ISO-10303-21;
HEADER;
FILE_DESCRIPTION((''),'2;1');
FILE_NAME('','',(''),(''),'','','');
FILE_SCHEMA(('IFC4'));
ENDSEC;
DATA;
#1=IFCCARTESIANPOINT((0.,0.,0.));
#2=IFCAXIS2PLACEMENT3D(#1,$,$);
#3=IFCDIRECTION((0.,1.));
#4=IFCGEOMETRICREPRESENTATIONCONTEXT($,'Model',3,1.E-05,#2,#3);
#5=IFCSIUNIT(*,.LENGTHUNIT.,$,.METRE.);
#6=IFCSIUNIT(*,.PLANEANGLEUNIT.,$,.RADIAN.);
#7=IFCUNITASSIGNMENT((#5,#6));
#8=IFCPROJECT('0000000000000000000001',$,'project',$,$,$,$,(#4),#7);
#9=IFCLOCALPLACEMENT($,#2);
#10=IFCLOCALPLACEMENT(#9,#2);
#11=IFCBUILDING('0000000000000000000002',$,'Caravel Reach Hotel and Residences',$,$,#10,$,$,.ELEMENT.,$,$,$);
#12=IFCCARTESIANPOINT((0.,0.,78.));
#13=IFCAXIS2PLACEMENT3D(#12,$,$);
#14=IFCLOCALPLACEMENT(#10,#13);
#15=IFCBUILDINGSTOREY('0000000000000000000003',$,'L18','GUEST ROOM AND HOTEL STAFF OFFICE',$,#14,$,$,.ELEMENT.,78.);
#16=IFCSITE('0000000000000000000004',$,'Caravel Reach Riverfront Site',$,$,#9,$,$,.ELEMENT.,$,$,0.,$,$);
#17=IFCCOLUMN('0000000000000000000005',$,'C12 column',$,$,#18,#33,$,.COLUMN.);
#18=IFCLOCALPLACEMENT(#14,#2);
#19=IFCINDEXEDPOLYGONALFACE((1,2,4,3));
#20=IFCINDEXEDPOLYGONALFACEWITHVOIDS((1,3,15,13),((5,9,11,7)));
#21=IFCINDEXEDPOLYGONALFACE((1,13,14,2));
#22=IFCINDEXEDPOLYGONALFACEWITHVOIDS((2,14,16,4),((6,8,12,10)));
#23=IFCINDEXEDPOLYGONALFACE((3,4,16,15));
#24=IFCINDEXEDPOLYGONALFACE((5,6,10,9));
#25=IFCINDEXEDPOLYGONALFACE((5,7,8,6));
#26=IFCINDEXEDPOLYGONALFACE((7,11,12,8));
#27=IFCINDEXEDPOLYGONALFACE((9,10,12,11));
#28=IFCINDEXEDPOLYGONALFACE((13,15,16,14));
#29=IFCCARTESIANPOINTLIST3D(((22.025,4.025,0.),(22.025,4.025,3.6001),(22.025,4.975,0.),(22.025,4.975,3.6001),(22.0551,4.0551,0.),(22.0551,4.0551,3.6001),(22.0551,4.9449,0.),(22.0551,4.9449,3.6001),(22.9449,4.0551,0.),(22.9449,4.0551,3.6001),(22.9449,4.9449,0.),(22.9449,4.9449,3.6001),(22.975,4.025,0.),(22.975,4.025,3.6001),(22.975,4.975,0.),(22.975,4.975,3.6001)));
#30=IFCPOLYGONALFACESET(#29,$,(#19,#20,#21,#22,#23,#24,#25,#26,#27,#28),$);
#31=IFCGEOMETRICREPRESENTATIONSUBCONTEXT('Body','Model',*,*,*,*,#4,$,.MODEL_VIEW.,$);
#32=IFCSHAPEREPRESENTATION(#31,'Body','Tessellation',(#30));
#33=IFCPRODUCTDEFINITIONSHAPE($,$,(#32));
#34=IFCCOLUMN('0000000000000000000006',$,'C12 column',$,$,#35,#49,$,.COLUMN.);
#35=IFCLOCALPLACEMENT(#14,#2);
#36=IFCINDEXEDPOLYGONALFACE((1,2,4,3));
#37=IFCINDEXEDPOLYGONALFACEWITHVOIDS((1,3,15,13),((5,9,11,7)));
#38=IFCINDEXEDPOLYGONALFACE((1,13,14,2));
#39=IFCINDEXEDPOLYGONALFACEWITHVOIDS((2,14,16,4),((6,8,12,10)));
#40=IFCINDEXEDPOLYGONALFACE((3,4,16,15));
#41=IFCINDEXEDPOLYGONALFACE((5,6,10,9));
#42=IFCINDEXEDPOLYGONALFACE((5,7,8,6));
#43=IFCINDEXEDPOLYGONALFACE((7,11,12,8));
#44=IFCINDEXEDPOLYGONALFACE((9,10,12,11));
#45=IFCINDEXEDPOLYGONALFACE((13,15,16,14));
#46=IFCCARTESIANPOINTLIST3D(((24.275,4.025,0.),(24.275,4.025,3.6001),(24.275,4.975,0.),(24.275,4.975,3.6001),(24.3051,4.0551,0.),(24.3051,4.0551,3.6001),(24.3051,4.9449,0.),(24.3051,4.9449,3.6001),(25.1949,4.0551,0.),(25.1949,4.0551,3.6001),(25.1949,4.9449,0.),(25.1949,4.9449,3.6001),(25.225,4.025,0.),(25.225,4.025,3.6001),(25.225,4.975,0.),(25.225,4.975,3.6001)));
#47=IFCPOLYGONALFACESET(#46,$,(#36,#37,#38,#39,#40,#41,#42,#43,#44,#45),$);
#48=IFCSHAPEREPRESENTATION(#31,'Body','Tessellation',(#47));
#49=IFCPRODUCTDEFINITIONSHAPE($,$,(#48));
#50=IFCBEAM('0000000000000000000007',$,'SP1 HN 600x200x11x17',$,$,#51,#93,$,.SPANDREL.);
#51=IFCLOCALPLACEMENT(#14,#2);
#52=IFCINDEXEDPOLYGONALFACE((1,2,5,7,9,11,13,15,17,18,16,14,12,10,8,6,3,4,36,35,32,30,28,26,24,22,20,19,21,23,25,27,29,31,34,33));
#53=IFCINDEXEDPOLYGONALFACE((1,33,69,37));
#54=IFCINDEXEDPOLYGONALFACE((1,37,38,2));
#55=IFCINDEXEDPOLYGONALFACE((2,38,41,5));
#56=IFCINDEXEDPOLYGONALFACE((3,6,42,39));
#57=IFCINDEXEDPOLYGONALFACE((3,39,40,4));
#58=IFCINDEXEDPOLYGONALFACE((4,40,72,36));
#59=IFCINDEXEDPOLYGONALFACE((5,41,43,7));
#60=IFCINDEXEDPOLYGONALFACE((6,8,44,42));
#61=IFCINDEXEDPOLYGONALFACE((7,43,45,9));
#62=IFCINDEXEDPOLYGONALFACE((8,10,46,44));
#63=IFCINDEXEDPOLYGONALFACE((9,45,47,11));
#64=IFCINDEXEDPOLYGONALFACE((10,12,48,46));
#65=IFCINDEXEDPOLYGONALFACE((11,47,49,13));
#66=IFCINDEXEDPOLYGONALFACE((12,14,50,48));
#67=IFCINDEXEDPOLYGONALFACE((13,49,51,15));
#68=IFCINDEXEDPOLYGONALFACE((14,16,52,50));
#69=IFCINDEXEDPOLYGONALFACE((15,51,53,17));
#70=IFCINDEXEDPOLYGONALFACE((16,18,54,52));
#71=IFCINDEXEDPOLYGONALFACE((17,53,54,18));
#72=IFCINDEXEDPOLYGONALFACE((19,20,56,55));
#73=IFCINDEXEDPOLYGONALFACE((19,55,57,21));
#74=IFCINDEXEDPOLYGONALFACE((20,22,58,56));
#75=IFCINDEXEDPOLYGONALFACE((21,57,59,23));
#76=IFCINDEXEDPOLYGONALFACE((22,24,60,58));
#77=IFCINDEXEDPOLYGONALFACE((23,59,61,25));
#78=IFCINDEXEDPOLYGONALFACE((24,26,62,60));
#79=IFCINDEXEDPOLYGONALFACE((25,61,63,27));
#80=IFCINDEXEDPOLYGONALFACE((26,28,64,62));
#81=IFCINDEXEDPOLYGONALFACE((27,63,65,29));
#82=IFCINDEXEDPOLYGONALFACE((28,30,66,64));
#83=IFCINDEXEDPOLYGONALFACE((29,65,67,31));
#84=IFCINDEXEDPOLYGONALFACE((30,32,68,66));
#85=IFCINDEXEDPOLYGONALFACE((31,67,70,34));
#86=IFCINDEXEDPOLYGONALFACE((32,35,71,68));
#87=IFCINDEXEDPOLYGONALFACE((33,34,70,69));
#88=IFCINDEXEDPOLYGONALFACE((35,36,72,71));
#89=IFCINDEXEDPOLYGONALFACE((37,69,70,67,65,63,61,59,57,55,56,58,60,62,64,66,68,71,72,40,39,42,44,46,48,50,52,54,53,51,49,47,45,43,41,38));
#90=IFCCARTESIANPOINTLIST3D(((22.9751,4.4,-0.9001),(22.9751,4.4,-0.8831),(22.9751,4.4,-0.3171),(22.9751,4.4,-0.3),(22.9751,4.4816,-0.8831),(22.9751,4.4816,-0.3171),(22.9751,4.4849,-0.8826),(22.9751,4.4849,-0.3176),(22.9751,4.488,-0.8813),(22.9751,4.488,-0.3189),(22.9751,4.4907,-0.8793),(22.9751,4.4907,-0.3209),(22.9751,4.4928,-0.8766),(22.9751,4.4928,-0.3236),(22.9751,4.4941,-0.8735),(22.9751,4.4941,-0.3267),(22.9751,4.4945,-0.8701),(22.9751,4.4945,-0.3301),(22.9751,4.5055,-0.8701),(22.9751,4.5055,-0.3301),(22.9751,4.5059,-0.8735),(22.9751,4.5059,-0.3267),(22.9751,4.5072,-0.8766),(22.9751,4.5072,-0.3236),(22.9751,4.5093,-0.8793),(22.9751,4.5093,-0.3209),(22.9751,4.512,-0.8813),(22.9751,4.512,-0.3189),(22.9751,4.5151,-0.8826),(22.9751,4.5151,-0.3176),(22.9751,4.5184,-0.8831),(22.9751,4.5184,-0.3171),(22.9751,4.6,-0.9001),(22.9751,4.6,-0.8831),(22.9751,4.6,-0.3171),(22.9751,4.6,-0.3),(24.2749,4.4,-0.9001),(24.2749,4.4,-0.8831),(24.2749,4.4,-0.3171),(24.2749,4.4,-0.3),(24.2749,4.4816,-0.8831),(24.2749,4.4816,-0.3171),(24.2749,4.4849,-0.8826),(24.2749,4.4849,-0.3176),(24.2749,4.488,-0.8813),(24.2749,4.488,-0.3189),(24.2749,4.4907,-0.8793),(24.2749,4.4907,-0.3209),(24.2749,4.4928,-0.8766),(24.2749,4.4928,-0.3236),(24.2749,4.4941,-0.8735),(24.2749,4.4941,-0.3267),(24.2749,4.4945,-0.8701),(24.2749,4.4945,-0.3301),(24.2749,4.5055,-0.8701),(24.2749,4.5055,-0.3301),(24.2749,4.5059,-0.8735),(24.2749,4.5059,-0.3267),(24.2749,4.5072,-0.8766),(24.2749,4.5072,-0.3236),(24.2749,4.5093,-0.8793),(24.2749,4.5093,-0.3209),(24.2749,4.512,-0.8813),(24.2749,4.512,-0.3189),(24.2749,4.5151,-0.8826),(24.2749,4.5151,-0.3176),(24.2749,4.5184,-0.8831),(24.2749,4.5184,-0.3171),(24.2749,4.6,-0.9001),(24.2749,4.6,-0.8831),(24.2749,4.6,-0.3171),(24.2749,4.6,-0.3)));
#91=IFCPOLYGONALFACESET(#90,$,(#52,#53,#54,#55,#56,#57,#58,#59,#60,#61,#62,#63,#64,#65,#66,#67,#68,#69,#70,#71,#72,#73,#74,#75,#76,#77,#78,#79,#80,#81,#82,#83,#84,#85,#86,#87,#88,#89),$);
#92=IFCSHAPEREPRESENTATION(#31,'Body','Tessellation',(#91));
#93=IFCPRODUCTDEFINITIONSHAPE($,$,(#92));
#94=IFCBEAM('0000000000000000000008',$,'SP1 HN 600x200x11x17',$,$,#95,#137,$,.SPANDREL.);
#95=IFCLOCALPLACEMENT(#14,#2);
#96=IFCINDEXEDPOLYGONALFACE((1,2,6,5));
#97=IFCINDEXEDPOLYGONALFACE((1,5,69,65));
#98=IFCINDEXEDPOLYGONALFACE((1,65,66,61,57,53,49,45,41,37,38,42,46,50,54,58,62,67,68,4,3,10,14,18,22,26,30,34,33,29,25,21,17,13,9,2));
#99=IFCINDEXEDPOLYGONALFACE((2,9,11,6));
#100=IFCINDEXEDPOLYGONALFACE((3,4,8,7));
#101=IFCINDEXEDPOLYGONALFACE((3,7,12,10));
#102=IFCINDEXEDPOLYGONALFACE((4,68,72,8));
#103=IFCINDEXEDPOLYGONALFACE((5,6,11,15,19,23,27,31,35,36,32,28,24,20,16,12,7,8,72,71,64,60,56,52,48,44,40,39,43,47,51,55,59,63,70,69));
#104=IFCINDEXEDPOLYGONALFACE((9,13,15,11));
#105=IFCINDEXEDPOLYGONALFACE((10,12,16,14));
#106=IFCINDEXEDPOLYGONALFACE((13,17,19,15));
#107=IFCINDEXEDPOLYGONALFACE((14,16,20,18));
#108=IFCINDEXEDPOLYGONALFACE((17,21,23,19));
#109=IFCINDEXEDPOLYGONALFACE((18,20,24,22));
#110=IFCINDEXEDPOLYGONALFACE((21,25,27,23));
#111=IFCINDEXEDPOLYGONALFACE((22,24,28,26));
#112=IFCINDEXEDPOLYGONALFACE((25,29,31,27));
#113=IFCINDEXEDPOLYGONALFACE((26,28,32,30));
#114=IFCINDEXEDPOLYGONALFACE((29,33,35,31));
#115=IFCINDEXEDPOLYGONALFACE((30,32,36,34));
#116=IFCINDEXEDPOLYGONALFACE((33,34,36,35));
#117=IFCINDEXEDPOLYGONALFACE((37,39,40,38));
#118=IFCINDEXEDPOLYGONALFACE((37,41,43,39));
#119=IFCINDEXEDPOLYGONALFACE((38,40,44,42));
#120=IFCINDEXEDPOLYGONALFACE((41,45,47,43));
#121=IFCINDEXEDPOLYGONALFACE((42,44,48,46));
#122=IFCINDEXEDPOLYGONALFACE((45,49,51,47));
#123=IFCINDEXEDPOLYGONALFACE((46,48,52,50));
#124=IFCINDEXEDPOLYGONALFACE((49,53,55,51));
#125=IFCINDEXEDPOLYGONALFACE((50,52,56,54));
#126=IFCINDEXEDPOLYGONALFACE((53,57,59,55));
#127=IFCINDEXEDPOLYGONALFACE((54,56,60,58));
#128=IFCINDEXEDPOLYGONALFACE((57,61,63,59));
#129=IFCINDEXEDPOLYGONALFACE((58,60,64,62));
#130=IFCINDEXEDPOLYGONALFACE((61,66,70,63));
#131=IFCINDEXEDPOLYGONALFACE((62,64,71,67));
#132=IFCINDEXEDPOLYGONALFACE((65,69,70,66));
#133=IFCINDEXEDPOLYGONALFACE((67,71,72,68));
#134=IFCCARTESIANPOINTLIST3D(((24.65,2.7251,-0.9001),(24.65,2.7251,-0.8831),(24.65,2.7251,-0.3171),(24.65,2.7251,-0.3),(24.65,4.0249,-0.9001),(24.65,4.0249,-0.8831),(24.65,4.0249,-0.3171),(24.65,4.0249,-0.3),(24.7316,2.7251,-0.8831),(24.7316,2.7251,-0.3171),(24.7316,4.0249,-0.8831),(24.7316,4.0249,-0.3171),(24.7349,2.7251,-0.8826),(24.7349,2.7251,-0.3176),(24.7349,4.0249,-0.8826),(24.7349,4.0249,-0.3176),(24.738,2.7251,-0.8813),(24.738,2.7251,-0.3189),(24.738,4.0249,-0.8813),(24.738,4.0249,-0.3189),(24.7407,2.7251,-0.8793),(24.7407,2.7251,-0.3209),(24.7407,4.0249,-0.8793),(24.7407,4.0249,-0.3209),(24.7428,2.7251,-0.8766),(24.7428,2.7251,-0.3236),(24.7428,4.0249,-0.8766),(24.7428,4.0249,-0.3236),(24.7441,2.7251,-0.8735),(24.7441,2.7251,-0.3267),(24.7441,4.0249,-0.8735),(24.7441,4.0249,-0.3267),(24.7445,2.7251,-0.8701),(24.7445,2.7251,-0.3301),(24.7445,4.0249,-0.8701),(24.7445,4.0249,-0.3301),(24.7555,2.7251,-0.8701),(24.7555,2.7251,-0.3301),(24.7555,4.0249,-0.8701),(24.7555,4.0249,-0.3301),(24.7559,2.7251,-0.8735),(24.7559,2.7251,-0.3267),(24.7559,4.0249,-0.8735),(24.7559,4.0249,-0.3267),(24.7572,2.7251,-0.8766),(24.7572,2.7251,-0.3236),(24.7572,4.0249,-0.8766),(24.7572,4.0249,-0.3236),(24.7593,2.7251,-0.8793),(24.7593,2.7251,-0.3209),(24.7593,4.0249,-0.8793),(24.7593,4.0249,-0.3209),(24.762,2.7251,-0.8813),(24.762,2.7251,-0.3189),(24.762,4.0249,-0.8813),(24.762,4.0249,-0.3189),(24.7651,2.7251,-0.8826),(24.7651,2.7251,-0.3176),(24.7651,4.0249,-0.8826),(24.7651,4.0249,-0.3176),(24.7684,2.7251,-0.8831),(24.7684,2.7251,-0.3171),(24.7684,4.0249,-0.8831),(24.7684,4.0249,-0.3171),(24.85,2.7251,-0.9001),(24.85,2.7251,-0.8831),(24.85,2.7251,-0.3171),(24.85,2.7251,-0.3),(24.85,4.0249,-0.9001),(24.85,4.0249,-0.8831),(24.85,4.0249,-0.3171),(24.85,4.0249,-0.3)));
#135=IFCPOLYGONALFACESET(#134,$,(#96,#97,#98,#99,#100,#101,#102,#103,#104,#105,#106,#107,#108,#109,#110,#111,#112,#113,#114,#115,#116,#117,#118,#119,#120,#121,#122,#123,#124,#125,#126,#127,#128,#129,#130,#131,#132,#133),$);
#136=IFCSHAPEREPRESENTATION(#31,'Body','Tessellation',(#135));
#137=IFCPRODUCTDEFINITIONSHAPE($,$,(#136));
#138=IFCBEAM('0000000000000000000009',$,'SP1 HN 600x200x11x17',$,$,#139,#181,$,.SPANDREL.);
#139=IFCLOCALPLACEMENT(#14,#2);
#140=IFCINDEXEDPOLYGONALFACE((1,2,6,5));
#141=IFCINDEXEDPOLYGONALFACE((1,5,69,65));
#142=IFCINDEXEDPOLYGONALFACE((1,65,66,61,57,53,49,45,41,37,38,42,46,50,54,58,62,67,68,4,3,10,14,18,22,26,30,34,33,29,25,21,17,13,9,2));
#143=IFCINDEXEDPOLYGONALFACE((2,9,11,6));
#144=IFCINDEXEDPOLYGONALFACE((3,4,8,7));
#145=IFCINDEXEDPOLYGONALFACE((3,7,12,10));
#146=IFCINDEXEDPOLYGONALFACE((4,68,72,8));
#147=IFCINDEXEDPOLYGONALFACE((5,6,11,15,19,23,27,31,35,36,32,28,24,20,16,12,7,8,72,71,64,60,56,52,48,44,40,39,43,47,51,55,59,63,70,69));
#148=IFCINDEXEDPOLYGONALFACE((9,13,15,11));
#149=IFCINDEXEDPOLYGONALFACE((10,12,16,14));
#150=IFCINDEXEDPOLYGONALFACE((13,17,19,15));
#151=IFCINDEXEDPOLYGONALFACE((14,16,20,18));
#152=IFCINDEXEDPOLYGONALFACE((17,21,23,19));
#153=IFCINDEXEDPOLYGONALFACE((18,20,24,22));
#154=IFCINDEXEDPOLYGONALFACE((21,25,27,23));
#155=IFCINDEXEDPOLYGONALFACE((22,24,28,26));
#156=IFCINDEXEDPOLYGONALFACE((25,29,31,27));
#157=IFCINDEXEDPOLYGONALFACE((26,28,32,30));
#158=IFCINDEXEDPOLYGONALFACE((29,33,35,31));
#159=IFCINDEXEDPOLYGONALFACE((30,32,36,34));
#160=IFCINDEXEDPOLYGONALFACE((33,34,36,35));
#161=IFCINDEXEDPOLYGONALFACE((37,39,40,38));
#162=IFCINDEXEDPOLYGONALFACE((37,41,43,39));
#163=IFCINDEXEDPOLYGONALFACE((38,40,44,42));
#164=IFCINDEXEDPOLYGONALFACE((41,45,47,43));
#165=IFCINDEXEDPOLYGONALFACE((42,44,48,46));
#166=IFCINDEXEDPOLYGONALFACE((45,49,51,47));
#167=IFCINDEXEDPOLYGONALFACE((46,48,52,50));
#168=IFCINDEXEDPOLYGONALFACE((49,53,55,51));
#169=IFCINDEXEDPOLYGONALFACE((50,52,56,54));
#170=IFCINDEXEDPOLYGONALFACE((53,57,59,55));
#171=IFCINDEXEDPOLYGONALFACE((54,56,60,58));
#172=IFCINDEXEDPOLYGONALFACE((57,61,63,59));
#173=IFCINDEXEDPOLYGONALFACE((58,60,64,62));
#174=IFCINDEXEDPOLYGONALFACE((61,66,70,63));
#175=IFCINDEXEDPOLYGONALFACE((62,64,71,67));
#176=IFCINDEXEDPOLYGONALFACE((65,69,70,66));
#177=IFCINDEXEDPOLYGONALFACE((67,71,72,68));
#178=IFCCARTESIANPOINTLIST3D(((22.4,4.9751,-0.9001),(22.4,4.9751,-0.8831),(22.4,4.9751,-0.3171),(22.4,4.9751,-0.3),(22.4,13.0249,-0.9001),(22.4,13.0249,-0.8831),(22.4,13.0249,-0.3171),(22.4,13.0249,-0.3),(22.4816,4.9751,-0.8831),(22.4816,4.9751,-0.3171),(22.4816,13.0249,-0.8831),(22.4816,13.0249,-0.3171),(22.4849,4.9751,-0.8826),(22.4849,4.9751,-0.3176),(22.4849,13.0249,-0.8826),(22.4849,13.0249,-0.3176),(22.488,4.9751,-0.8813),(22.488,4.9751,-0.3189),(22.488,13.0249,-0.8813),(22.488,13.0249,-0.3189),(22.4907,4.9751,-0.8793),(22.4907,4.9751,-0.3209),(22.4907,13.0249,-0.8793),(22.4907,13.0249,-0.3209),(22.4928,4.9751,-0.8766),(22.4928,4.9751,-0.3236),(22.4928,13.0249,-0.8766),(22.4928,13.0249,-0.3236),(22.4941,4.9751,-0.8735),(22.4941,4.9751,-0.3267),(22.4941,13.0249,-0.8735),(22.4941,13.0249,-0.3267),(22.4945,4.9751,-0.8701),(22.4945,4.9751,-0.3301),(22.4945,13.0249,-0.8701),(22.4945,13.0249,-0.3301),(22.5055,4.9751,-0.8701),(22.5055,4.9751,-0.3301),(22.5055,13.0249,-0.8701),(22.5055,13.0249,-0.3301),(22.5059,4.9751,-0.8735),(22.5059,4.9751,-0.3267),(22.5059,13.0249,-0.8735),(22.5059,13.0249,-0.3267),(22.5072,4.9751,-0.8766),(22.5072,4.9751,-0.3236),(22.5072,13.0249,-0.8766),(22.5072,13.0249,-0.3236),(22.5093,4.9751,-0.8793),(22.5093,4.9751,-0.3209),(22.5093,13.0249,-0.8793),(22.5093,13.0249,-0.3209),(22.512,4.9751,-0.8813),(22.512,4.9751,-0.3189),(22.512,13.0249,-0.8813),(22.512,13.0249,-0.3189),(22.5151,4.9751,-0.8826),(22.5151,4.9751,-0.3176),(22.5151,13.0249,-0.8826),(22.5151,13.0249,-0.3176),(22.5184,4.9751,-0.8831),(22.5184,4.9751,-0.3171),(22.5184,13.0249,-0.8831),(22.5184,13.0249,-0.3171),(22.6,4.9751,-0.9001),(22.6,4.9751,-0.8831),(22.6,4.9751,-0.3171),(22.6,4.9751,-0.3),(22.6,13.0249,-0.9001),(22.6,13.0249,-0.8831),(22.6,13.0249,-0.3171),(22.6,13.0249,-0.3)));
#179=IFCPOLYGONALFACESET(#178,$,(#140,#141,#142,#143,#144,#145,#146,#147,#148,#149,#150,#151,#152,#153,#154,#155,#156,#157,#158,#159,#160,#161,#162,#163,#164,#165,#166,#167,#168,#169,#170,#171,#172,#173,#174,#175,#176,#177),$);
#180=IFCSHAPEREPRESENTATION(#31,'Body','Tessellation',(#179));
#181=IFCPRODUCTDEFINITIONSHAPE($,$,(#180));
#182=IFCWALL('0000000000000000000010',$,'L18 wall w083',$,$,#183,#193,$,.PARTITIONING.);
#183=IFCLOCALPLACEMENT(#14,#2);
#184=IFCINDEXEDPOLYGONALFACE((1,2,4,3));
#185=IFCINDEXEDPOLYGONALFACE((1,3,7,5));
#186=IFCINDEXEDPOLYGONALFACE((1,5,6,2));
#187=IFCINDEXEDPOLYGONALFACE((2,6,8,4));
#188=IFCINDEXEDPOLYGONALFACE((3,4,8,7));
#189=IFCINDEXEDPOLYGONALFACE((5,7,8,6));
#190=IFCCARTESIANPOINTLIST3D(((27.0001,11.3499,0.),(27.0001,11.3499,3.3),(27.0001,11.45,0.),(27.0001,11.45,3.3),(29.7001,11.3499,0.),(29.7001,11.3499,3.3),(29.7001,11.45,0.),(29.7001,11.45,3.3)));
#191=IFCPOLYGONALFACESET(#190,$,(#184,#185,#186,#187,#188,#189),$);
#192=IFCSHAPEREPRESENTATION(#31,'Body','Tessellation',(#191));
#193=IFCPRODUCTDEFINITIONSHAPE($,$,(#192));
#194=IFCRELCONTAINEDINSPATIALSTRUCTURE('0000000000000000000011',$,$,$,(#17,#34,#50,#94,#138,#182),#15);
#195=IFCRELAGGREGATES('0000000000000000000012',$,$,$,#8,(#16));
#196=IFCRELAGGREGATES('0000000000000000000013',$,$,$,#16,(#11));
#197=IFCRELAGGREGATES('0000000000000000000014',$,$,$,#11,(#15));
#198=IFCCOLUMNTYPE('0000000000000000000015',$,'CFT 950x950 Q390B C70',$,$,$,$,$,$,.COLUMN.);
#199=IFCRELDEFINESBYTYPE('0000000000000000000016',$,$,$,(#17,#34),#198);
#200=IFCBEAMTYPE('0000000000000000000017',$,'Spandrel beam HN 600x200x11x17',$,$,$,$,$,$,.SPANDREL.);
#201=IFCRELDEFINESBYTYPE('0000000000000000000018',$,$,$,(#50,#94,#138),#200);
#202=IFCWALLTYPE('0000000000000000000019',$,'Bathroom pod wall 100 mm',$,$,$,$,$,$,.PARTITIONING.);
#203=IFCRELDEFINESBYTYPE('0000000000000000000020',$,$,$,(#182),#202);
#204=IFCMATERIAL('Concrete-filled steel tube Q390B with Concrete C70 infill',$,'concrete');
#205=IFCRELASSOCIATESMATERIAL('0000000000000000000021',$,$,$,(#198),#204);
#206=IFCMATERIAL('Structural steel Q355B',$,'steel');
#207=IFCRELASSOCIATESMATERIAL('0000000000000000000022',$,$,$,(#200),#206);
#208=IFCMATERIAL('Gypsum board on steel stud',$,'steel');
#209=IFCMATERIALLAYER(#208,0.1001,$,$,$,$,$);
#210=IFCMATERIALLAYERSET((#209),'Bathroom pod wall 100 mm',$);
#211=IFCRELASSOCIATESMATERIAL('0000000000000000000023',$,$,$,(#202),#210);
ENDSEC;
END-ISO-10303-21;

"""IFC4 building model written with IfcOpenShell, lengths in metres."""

from ifc_helpers import new_model, si_unit, direction, frame, frame_2d, origin, origin_2d, place, context, subcontext, project, spatial, rectangle, hollow_rectangle, i_section, extrude, material, layer, layer_set, material_profile, profile_set, type_object, element, save


model = new_model("IFC4")

# Units and contexts
model_context = context("Model", 3, precision=1e-05, world=origin(), true_north=direction((0.0, 1.0)))
body_context = subcontext(model_context, "Body", "Model", "MODEL_VIEW")
ifc_project = project(units=[si_unit("LENGTHUNIT", "METRE"), si_unit("PLANEANGLEUNIT", "RADIAN")], contexts=[model_context])

# Site, building, storey
site_placement = place(None, origin())
site = spatial("IfcSite", under=ifc_project, at=site_placement, Name="Caravel Reach Riverfront Site", CompositionType="ELEMENT", RefElevation=0.0)
building_placement = place(site_placement, origin())
building = spatial("IfcBuilding", under=site, at=building_placement, Name="Caravel Reach Hotel and Residences", CompositionType="ELEMENT")
storey_placement = place(building_placement, frame((0.0, 0.0, 78.0)))
storey = spatial("IfcBuildingStorey", under=building, at=storey_placement, Name="L18", Description="GUEST ROOM AND HOTEL STAFF OFFICE", CompositionType="ELEMENT", Elevation=78.0)

# Columns
ifc_material_1 = material(Name="Concrete-filled steel tube Q390B with Concrete C70 infill", Category="concrete")
ifc_material_profile_1 = material_profile(ifc_material_1, hollow_rectangle(XDim=0.95, YDim=0.95, WallThickness=0.03, at=origin_2d()), Name="RHS 950x950x30")
ifc_profile_set_1 = profile_set([ifc_material_profile_1], Name="Concrete-filled steel tube Q390B with Concrete C70 infill")
column_type = type_object("IfcColumnType", Name="CFT 950x950 Q390B C70", PredefinedType="COLUMN", material=ifc_profile_set_1)
for number, where, z_axis, x_axis, name in (
    (1, (22.5, 4.5, 0.0), (0.0, 0.0, 1.0), (1.0, 0.0, 0.0), "C12 column"),
    (2, (24.75, 4.5, 0.0), (0.0, 0.0, 1.0), (1.0, 0.0, 0.0), "C12 column"),
):
    element("IfcColumn", number, at=place(storey_placement, frame(where, z_axis=z_axis, x_axis=x_axis)), inside=storey, type_object=column_type, Name=name, PredefinedType="COLUMN", context=body_context, shape_type="SweptSolid", body=[
        extrude(hollow_rectangle(XDim=0.95, YDim=0.95, WallThickness=0.03, at=origin_2d()), origin(), (0.0, 0.0, 1.0), 3.6001),
    ])

# Beams
ifc_material_2 = material(Name="Structural steel Q355B", Category="steel")
ifc_material_profile_2 = material_profile(ifc_material_2, i_section(OverallWidth=0.2, OverallDepth=0.6001, WebThickness=0.011, FlangeThickness=0.0171, FilletRadius=0.0129, at=origin_2d()), Name="HN 600x200x11x17")
ifc_profile_set_2 = profile_set([ifc_material_profile_2], Name="Structural steel Q355B")
beam_type = type_object("IfcBeamType", Name="Spandrel beam HN 600x200x11x17", PredefinedType="SPANDREL", material=ifc_profile_set_2)
for number, where, z_axis, x_axis, name in (
    (3, (22.9751, 4.5, -0.6001), (1.0, 0.0, 0.0), (0.0, 1.0, 0.0), "SP1 HN 600x200x11x17"),
    (4, (24.75, 4.0249, -0.6001), (0.0, -1.0, 0.0), (1.0, 0.0, 0.0), "SP1 HN 600x200x11x17"),
):
    element("IfcBeam", number, at=place(storey_placement, frame(where, z_axis=z_axis, x_axis=x_axis)), inside=storey, type_object=beam_type, Name=name, PredefinedType="SPANDREL", context=body_context, shape_type="SweptSolid", body=[
        extrude(i_section(OverallWidth=0.2, OverallDepth=0.6001, WebThickness=0.011, FlangeThickness=0.0171, FilletRadius=0.0129, at=origin_2d()), origin(), (0.0, 0.0, 1.0), 1.2998),
    ])
beam_placement = place(storey_placement, frame((22.5, 13.0249, -0.6001), z_axis=(0.0, -1.0, 0.0), x_axis=(1.0, 0.0, 0.0)))
element("IfcBeam", 5, at=beam_placement, inside=storey, type_object=beam_type, Name="SP1 HN 600x200x11x17", PredefinedType="SPANDREL", context=body_context, shape_type="SweptSolid", body=[
    extrude(i_section(OverallWidth=0.2, OverallDepth=0.6001, WebThickness=0.011, FlangeThickness=0.0171, FilletRadius=0.0129, at=origin_2d()), origin(), (0.0, 0.0, 1.0), 8.0498),
])

# Wall
ifc_material_3 = material(Name="Gypsum board on steel stud", Category="steel")
ifc_layer_1 = layer(ifc_material_3, 0.1001)
ifc_layer_set_1 = layer_set([ifc_layer_1], Name="Bathroom pod wall 100 mm")
wall_type_1 = type_object("IfcWallType", Name="Bathroom pod wall 100 mm", PredefinedType="PARTITIONING", material=ifc_layer_set_1)
wall_1_placement = place(storey_placement, frame((27.0, 11.3999, 0.0), z_axis=(0.0, 0.0, 1.0), x_axis=(1.0, 0.0, 0.0)))
element("IfcWall", 6, at=wall_1_placement, inside=storey, type_object=wall_type_1, Name="L18 wall w083", PredefinedType="PARTITIONING", context=body_context, shape_type="SweptSolid", body=[
    extrude(rectangle(XDim=2.7, YDim=0.1001, at=frame_2d((1.3501, 0.0))), origin(), (0.0, 0.0, 1.0), 3.3),
])

save(model, "model.ifc")
